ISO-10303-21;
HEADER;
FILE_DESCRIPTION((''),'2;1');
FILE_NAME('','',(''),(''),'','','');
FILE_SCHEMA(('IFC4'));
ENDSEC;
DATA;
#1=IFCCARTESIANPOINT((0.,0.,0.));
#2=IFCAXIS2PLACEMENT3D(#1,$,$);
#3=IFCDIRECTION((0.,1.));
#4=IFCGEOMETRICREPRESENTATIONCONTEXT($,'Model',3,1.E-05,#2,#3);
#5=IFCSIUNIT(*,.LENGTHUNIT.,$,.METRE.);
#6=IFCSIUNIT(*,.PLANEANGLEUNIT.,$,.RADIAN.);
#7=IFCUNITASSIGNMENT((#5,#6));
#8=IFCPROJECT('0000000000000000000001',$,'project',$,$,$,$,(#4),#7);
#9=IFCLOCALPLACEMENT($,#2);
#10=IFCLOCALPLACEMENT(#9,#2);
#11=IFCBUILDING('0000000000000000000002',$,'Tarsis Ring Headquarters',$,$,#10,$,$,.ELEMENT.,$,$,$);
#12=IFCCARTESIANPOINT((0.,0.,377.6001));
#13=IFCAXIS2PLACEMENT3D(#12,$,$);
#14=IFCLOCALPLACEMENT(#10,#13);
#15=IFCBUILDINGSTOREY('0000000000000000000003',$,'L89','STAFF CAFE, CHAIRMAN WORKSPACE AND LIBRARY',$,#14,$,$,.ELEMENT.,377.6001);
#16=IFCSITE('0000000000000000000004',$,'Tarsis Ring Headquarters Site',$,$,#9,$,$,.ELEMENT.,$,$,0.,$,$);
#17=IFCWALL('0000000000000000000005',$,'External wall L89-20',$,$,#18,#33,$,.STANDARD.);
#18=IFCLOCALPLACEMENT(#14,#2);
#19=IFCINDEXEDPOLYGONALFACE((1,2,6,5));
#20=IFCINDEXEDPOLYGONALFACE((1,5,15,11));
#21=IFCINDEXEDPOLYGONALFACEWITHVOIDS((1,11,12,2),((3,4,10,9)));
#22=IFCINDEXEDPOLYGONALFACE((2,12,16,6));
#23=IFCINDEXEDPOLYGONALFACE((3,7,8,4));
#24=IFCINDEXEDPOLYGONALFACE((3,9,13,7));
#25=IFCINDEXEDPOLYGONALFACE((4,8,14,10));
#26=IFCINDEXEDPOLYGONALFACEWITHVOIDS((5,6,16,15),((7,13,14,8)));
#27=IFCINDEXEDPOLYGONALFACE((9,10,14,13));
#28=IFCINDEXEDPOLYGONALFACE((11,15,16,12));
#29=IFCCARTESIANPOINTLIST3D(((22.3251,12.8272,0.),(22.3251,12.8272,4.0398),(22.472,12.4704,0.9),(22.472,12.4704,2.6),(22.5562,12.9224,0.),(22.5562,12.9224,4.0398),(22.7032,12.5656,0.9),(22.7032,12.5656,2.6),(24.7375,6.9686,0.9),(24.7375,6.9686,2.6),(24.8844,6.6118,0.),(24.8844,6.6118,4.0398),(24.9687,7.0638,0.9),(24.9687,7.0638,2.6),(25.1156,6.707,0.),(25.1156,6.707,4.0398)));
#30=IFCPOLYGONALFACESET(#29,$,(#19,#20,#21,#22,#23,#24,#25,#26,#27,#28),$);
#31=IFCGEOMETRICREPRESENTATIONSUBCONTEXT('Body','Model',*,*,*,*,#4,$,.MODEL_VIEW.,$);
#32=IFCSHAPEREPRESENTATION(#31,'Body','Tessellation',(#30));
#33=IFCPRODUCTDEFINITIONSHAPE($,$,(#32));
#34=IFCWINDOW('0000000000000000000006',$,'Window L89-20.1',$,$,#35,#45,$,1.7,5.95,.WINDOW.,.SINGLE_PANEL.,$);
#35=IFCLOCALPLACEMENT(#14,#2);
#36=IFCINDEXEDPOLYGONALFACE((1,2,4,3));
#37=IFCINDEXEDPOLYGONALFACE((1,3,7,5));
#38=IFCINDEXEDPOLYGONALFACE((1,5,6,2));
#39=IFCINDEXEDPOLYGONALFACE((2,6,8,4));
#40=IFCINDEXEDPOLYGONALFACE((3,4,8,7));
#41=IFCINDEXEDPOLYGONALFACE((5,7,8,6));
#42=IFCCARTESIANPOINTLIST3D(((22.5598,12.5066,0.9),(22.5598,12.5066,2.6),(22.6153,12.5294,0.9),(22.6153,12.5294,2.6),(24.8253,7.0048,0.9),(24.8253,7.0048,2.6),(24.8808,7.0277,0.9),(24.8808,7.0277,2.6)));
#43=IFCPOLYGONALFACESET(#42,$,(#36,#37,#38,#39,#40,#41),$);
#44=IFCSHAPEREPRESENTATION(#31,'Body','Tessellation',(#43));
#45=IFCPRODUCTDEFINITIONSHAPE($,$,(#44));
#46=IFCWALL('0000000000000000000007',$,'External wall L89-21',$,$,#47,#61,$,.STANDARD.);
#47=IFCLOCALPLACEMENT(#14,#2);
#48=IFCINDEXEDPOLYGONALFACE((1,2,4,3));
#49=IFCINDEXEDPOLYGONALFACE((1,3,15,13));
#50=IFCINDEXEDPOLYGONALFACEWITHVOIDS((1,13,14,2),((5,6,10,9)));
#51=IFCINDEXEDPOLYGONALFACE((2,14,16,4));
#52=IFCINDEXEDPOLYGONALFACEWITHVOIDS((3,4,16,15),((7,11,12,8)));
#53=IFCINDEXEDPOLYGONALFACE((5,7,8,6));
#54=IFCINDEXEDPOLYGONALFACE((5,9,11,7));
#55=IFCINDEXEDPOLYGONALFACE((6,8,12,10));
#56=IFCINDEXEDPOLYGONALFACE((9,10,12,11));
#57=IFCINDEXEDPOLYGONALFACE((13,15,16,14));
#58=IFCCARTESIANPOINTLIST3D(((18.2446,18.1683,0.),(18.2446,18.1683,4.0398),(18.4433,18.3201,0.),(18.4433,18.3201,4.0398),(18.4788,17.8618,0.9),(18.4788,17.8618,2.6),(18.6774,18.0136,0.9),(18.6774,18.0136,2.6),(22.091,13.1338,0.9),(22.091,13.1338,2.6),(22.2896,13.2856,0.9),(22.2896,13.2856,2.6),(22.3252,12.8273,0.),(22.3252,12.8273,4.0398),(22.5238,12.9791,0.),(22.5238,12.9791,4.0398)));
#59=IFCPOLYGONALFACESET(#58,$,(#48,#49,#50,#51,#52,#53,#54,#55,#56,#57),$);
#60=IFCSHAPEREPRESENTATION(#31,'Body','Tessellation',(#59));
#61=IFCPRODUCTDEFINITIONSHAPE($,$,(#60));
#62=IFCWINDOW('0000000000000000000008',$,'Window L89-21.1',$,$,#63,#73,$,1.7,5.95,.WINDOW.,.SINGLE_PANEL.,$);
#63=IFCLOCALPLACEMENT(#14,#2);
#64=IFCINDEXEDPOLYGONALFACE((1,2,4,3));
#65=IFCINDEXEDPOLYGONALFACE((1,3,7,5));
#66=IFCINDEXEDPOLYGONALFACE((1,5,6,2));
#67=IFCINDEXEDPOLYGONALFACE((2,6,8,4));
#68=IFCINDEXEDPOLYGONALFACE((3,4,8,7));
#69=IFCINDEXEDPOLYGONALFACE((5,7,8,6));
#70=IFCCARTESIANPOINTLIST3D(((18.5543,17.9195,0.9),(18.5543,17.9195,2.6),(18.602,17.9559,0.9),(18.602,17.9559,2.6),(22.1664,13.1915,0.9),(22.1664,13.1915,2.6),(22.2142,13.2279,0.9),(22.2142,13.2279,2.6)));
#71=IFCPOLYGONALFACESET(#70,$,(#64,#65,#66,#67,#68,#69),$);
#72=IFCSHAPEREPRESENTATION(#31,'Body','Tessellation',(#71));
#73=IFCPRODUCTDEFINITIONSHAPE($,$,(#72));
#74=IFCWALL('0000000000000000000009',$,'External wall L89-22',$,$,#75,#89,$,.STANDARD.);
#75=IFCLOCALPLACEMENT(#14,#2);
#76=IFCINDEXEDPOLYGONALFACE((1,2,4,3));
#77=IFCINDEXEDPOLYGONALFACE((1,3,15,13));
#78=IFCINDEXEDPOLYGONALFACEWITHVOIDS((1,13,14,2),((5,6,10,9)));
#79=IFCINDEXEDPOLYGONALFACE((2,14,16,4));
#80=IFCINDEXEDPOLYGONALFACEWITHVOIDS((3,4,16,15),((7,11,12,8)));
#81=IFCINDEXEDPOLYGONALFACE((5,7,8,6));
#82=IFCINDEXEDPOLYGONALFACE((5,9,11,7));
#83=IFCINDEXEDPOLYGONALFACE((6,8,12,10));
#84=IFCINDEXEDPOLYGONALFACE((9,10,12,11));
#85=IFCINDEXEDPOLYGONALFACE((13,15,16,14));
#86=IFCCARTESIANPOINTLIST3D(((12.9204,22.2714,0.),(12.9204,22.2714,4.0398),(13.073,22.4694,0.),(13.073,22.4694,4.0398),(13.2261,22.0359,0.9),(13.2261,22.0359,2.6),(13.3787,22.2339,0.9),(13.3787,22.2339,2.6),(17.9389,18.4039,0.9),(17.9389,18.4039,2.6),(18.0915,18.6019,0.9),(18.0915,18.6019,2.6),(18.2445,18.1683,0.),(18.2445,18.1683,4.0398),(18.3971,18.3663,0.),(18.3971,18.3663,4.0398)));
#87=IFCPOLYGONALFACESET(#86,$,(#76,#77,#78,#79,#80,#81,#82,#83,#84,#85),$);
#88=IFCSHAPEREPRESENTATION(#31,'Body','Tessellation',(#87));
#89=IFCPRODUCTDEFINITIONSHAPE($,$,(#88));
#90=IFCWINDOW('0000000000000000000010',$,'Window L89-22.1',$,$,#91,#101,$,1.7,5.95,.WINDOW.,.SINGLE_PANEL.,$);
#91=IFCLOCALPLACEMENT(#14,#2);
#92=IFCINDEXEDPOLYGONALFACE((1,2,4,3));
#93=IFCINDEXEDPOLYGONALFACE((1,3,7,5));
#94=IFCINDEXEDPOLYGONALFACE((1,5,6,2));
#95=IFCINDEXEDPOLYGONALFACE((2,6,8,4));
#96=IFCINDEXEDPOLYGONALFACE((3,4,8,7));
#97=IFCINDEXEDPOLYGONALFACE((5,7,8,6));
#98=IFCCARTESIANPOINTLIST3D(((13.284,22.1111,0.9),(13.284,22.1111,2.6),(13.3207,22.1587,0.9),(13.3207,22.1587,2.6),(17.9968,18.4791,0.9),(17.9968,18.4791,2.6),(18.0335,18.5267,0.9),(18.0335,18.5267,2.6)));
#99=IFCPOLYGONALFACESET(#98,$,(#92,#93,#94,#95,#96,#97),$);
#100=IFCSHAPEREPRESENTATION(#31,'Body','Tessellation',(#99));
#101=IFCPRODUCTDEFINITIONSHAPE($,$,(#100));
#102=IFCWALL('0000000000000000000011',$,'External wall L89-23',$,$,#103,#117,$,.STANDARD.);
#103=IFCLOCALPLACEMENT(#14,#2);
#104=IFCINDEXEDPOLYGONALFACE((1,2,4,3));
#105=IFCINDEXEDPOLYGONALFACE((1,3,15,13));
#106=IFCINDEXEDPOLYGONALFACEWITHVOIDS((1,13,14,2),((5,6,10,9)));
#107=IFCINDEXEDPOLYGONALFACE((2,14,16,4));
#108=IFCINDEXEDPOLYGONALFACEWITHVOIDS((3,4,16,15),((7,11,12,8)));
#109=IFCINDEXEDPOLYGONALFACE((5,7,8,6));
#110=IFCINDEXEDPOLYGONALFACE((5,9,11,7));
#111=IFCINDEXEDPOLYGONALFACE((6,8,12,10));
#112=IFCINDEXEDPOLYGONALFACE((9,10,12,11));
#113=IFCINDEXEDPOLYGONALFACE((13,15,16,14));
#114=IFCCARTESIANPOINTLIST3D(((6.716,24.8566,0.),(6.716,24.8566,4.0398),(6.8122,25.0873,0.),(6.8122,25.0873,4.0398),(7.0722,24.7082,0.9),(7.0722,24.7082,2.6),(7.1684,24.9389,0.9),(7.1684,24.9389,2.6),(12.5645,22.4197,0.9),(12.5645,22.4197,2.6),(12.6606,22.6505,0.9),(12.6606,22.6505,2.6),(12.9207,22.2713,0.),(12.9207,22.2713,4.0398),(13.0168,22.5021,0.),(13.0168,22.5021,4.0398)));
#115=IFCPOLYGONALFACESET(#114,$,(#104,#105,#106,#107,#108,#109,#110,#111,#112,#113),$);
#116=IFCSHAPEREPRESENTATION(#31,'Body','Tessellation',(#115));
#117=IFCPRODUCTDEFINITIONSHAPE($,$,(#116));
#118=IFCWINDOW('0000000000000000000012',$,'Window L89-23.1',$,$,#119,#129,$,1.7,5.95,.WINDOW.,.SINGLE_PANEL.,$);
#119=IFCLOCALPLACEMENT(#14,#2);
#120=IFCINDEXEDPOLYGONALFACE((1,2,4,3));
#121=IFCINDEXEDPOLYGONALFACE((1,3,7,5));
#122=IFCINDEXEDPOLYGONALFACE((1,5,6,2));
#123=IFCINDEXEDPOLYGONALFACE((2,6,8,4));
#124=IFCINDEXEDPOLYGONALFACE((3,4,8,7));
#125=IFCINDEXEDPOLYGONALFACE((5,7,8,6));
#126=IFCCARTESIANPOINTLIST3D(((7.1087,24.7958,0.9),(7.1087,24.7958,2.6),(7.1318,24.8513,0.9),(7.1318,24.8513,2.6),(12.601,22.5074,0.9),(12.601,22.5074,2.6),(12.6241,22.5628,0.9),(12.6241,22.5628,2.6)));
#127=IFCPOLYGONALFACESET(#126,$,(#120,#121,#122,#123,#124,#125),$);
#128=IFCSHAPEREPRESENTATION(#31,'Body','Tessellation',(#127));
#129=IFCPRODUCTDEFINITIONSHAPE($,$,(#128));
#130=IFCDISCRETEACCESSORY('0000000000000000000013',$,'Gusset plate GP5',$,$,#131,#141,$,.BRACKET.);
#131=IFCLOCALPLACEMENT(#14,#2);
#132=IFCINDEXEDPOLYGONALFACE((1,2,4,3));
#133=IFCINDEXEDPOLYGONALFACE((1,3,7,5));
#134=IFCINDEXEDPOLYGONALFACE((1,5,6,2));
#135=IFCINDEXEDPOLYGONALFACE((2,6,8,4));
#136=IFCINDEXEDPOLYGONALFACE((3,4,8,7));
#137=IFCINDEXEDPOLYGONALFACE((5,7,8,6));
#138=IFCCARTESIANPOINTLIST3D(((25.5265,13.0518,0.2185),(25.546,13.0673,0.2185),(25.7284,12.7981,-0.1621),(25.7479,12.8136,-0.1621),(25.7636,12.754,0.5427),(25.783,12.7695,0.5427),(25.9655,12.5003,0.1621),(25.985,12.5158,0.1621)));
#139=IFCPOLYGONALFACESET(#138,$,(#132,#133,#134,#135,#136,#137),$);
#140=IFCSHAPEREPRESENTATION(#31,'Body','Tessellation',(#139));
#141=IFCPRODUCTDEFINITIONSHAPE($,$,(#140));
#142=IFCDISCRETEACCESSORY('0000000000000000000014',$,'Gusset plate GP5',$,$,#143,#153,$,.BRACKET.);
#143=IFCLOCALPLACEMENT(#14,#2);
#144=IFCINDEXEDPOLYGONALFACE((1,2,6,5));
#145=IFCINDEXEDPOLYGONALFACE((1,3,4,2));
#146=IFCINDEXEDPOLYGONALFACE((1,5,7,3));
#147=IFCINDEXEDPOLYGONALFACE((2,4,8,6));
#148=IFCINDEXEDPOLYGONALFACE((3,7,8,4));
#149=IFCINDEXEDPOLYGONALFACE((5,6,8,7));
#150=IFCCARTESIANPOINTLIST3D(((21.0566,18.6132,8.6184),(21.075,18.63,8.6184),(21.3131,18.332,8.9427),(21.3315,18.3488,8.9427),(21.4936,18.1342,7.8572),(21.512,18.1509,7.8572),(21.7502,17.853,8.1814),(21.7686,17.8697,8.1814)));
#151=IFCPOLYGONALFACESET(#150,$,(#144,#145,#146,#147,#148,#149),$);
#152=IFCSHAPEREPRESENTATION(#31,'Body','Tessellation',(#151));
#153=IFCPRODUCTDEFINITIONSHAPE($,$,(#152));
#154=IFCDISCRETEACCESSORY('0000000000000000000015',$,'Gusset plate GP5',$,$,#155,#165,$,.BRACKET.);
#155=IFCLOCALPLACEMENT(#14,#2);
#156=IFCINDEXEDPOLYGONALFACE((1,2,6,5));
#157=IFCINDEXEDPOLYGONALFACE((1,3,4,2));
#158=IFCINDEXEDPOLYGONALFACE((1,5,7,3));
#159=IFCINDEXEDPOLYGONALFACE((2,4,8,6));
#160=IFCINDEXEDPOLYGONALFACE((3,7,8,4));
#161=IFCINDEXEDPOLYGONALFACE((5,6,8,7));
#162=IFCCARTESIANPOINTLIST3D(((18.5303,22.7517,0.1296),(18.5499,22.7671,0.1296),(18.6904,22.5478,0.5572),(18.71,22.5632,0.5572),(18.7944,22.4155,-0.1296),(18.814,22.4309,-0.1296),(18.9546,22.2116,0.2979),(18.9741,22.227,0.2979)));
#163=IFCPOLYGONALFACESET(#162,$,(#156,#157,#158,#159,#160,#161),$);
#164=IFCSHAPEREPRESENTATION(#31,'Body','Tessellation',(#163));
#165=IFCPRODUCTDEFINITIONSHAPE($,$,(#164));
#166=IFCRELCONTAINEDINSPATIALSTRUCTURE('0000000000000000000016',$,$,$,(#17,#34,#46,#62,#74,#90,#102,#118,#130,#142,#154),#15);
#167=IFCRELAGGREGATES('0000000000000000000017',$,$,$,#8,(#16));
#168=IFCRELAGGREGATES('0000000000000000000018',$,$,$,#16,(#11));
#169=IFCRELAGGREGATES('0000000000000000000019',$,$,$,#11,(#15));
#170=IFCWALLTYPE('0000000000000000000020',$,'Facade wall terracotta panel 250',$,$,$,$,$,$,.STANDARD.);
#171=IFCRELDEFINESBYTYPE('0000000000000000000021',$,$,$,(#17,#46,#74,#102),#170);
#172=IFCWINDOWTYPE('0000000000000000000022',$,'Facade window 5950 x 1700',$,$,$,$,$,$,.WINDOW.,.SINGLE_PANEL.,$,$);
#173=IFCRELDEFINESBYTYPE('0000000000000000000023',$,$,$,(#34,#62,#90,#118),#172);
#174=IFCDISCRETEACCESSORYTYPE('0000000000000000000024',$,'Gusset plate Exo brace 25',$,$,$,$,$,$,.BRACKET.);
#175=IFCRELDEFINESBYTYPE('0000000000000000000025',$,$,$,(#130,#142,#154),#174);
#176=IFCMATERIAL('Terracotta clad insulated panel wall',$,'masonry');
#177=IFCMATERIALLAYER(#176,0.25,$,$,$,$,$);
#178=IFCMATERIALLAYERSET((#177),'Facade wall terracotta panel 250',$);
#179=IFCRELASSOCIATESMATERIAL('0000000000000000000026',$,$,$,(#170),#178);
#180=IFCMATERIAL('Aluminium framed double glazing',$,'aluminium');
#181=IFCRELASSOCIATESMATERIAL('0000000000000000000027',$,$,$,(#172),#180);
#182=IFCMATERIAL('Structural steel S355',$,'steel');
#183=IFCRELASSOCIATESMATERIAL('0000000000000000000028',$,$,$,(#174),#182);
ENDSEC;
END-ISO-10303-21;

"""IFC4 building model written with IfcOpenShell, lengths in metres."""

from ifc_helpers import new_model, si_unit, direction, frame, frame_2d, origin, origin_2d, place, context, subcontext, project, spatial, rectangle, extrude, material, layer, layer_set, material_profile, profile_set, type_object, element, fill, save


model = new_model("IFC4")

# Units and contexts
model_context = context("Model", 3, precision=1e-05, world=origin(), true_north=direction((0.0, 1.0)))
body_context = subcontext(model_context, "Body", "Model", "MODEL_VIEW")
ifc_project = project(units=[si_unit("LENGTHUNIT", "METRE"), si_unit("PLANEANGLEUNIT", "RADIAN")], contexts=[model_context])

# Site, building, storey
site_placement = place(None, origin())
site = spatial("IfcSite", under=ifc_project, at=site_placement, Name="Tarsis Ring Headquarters Site", CompositionType="ELEMENT", RefElevation=0.0)
building_placement = place(site_placement, origin())
building = spatial("IfcBuilding", under=site, at=building_placement, Name="Tarsis Ring Headquarters", CompositionType="ELEMENT")
storey_placement = place(building_placement, frame((0.0, 0.0, 377.6001)))
storey = spatial("IfcBuildingStorey", under=building, at=storey_placement, Name="L89", Description="STAFF CAFE, CHAIRMAN WORKSPACE AND LIBRARY", CompositionType="ELEMENT", Elevation=377.6001)

# Shared definitions
ifc_material_1 = material(Name="Structural steel S355", Category="steel")

# Walls, openings, windows
ifc_material_2 = material(Name="Terracotta clad insulated panel wall", Category="masonry")
ifc_layer_1 = layer(ifc_material_2, 0.25)
ifc_layer_set_1 = layer_set([ifc_layer_1], Name="Facade wall terracotta panel 250")
wall_type_1 = type_object("IfcWallType", Name="Facade wall terracotta panel 250", PredefinedType="STANDARD", material=ifc_layer_set_1)
wall_1_placement = place(storey_placement, frame((25.0, 6.6594, 0.0), z_axis=(0.0, 0.0, 1.0), x_axis=(-0.380759, 0.924674, 0.0)))
wall_1 = element("IfcWall", 1, at=wall_1_placement, inside=storey, type_object=wall_type_1, Name="External wall L89-20", PredefinedType="STANDARD", context=body_context, shape_type="SweptSolid", body=[
    extrude(rectangle(XDim=6.7217, YDim=0.25, at=frame_2d((3.3608, 0.0))), origin(), (0.0, 0.0, 1.0), 4.0398),
])
opening_1_placement = place(wall_1_placement, frame((0.3857, 0.0, 0.8999)))
opening_1 = element("IfcOpeningElement", 2, at=opening_1_placement, cuts=wall_1, PredefinedType="OPENING", context=body_context, shape_type="SweptSolid", body=[
    extrude(rectangle(XDim=5.95, YDim=1.7, at=frame_2d((2.9751, 0.8501))), frame((0.0, 0.135, 0.0), z_axis=(0.0, -1.0, 0.0), x_axis=(1.0, 0.0, 0.0)), (0.0, 0.0, 1.0), 0.27),
])
ifc_material_3 = material(Name="Aluminium framed double glazing", Category="aluminium")
window_type = type_object("IfcWindowType", Name="Facade window 5950 x 1700", PartitioningType="SINGLE_PANEL", PredefinedType="WINDOW", material=ifc_material_3)
window_1_placement = place(opening_1_placement, origin())
window_1 = element("IfcWindow", 3, at=window_1_placement, inside=storey, type_object=window_type, Name="Window L89-20.1", OverallHeight=1.7, OverallWidth=5.95, PartitioningType="SINGLE_PANEL", PredefinedType="WINDOW", context=body_context, shape_type="SweptSolid", body=[
    extrude(rectangle(XDim=5.95, YDim=1.7, at=frame_2d((2.9751, 0.8501))), frame((0.0, 0.03, 0.0), z_axis=(0.0, -1.0, 0.0), x_axis=(1.0, 0.0, 0.0)), (0.0, 0.0, 1.0), 0.0601),
])
fill(opening_1, window_1)
wall_2_placement = place(storey_placement, frame((22.4246, 12.9031, 0.0), z_axis=(0.0, 0.0, 1.0), x_axis=(-0.607095, 0.794629, 0.0)))
wall_2 = element("IfcWall", 4, at=wall_2_placement, inside=storey, type_object=wall_type_1, Name="External wall L89-21", PredefinedType="STANDARD", context=body_context, shape_type="SweptSolid", body=[
    extrude(rectangle(XDim=6.7214, YDim=0.25, at=frame_2d((3.3608, 0.0))), origin(), (0.0, 0.0, 1.0), 4.0398),
])
opening_2_placement = place(wall_2_placement, frame((0.3857, 0.0, 0.8999)))
opening_2 = element("IfcOpeningElement", 5, at=opening_2_placement, cuts=wall_2, PredefinedType="OPENING", context=body_context, shape_type="SweptSolid", body=[
    extrude(rectangle(XDim=5.95, YDim=1.7, at=frame_2d((2.9751, 0.8501))), frame((0.0, 0.135, 0.0), z_axis=(0.0, -1.0, 0.0), x_axis=(1.0, 0.0, 0.0)), (0.0, 0.0, 1.0), 0.27),
])
window_2_placement = place(opening_2_placement, origin())
window_2 = element("IfcWindow", 6, at=window_2_placement, inside=storey, type_object=window_type, Name="Window L89-21.1", OverallHeight=1.7, OverallWidth=5.95, PartitioningType="SINGLE_PANEL", PredefinedType="WINDOW", context=body_context, shape_type="SweptSolid", body=[
    extrude(rectangle(XDim=5.95, YDim=1.7, at=frame_2d((2.9751, 0.8501))), frame((0.0, 0.03, 0.0), z_axis=(0.0, -1.0, 0.0), x_axis=(1.0, 0.0, 0.0)), (0.0, 0.0, 1.0), 0.0601),
])
fill(opening_2, window_2)
wall_3_placement = place(storey_placement, frame((18.3208, 18.2673, 0.0), z_axis=(0.0, 0.0, 1.0), x_axis=(-0.792073, 0.610427, 0.0)))
wall_3 = element("IfcWall", 7, at=wall_3_placement, inside=storey, type_object=wall_type_1, Name="External wall L89-22", PredefinedType="STANDARD", context=body_context, shape_type="SweptSolid", body=[
    extrude(rectangle(XDim=6.7217, YDim=0.25, at=frame_2d((3.3608, 0.0))), origin(), (0.0, 0.0, 1.0), 4.0398),
])
opening_3_placement = place(wall_3_placement, frame((0.3857, 0.0, 0.8999)))
opening_3 = element("IfcOpeningElement", 8, at=opening_3_placement, cuts=wall_3, PredefinedType="OPENING", context=body_context, shape_type="SweptSolid", body=[
    extrude(rectangle(XDim=5.95, YDim=1.7, at=frame_2d((2.9751, 0.8501))), frame((0.0, 0.135, 0.0), z_axis=(0.0, -1.0, 0.0), x_axis=(1.0, 0.0, 0.0)), (0.0, 0.0, 1.0), 0.27),
])
window_3_placement = place(opening_3_placement, origin())
window_3 = element("IfcWindow", 9, at=window_3_placement, inside=storey, type_object=window_type, Name="Window L89-22.1", OverallHeight=1.7, OverallWidth=5.95, PartitioningType="SINGLE_PANEL", PredefinedType="WINDOW", context=body_context, shape_type="SweptSolid", body=[
    extrude(rectangle(XDim=5.95, YDim=1.7, at=frame_2d((2.9751, 0.8501))), frame((0.0, 0.03, 0.0), z_axis=(0.0, -1.0, 0.0), x_axis=(1.0, 0.0, 0.0)), (0.0, 0.0, 1.0), 0.0601),
])
fill(opening_3, window_3)
wall_4_placement = place(storey_placement, frame((12.9688, 22.3867, 0.0), z_axis=(0.0, 0.0, 1.0), x_axis=(-0.923079, 0.38461, 0.0)))
wall_4 = element("IfcWall", 10, at=wall_4_placement, inside=storey, type_object=wall_type_1, Name="External wall L89-23", PredefinedType="STANDARD", context=body_context, shape_type="SweptSolid", body=[
    extrude(rectangle(XDim=6.7217, YDim=0.25, at=frame_2d((3.3608, 0.0))), origin(), (0.0, 0.0, 1.0), 4.0398),
])
opening_4_placement = place(wall_4_placement, frame((0.3857, 0.0, 0.8999)))
opening_4 = element("IfcOpeningElement", 11, at=opening_4_placement, cuts=wall_4, PredefinedType="OPENING", context=body_context, shape_type="SweptSolid", body=[
    extrude(rectangle(XDim=5.95, YDim=1.7, at=frame_2d((2.9751, 0.8501))), frame((0.0, 0.135, 0.0), z_axis=(0.0, -1.0, 0.0), x_axis=(1.0, 0.0, 0.0)), (0.0, 0.0, 1.0), 0.27),
])
window_4_placement = place(opening_4_placement, origin())
window_4 = element("IfcWindow", 12, at=window_4_placement, inside=storey, type_object=window_type, Name="Window L89-23.1", OverallHeight=1.7, OverallWidth=5.95, PartitioningType="SINGLE_PANEL", PredefinedType="WINDOW", context=body_context, shape_type="SweptSolid", body=[
    extrude(rectangle(XDim=5.95, YDim=1.7, at=frame_2d((2.9751, 0.8501))), frame((0.0, 0.03, 0.0), z_axis=(0.0, -1.0, 0.0), x_axis=(1.0, 0.0, 0.0)), (0.0, 0.0, 1.0), 0.0601),
])
fill(opening_4, window_4)

# Discrete accessories
ifc_material_profile_1 = material_profile(ifc_material_1, rectangle(XDim=0.0249, YDim=0.5, at=origin_2d()), Name="PL 25x500")
ifc_profile_set_1 = profile_set([ifc_material_profile_1], Name="Structural steel S355")
discrete_accessory_type = type_object("IfcDiscreteAccessoryType", Name="Gusset plate Exo brace 25", PredefinedType="BRACKET", material=ifc_profile_set_1)
discrete_accessory_1_placement = place(storey_placement, frame((25.8567, 12.657, 0.0), z_axis=(-0.403827, 0.507347, 0.761264), x_axis=(-0.782409, -0.622765, 0.0)))
element("IfcDiscreteAccessory", 13, at=discrete_accessory_1_placement, inside=storey, type_object=discrete_accessory_type, Name="Gusset plate GP5", PredefinedType="BRACKET", context=body_context, shape_type="SweptSolid", body=[
    extrude(rectangle(XDim=0.0249, YDim=0.5, at=origin_2d()), origin(), (0.0, 0.0, 1.0), 0.5),
])
discrete_accessory_2_placement = place(storey_placement, frame((21.6311, 18.002, 8.0193), z_axis=(-0.437034, 0.479029, 0.76127), x_axis=(-0.738746, -0.673984, 0.0)))
element("IfcDiscreteAccessory", 14, at=discrete_accessory_2_placement, inside=storey, type_object=discrete_accessory_type, Name="Gusset plate GP5", PredefinedType="BRACKET", context=body_context, shape_type="SweptSolid", body=[
    extrude(rectangle(XDim=0.0249, YDim=0.5, at=origin_2d()), origin(), (0.0, 0.0, 1.0), 1.0),
])
discrete_accessory_3_placement = place(storey_placement, frame((18.6721, 22.5913, 0.0), z_axis=(0.320341, -0.407751, 0.855056), x_axis=(0.786351, 0.61778, 0.0)))
element("IfcDiscreteAccessory", 15, at=discrete_accessory_3_placement, inside=storey, type_object=discrete_accessory_type, Name="Gusset plate GP5", PredefinedType="BRACKET", context=body_context, shape_type="SweptSolid", body=[
    extrude(rectangle(XDim=0.0249, YDim=0.5, at=origin_2d()), origin(), (0.0, 0.0, 1.0), 0.5),
])

save(model, "model.ifc")
